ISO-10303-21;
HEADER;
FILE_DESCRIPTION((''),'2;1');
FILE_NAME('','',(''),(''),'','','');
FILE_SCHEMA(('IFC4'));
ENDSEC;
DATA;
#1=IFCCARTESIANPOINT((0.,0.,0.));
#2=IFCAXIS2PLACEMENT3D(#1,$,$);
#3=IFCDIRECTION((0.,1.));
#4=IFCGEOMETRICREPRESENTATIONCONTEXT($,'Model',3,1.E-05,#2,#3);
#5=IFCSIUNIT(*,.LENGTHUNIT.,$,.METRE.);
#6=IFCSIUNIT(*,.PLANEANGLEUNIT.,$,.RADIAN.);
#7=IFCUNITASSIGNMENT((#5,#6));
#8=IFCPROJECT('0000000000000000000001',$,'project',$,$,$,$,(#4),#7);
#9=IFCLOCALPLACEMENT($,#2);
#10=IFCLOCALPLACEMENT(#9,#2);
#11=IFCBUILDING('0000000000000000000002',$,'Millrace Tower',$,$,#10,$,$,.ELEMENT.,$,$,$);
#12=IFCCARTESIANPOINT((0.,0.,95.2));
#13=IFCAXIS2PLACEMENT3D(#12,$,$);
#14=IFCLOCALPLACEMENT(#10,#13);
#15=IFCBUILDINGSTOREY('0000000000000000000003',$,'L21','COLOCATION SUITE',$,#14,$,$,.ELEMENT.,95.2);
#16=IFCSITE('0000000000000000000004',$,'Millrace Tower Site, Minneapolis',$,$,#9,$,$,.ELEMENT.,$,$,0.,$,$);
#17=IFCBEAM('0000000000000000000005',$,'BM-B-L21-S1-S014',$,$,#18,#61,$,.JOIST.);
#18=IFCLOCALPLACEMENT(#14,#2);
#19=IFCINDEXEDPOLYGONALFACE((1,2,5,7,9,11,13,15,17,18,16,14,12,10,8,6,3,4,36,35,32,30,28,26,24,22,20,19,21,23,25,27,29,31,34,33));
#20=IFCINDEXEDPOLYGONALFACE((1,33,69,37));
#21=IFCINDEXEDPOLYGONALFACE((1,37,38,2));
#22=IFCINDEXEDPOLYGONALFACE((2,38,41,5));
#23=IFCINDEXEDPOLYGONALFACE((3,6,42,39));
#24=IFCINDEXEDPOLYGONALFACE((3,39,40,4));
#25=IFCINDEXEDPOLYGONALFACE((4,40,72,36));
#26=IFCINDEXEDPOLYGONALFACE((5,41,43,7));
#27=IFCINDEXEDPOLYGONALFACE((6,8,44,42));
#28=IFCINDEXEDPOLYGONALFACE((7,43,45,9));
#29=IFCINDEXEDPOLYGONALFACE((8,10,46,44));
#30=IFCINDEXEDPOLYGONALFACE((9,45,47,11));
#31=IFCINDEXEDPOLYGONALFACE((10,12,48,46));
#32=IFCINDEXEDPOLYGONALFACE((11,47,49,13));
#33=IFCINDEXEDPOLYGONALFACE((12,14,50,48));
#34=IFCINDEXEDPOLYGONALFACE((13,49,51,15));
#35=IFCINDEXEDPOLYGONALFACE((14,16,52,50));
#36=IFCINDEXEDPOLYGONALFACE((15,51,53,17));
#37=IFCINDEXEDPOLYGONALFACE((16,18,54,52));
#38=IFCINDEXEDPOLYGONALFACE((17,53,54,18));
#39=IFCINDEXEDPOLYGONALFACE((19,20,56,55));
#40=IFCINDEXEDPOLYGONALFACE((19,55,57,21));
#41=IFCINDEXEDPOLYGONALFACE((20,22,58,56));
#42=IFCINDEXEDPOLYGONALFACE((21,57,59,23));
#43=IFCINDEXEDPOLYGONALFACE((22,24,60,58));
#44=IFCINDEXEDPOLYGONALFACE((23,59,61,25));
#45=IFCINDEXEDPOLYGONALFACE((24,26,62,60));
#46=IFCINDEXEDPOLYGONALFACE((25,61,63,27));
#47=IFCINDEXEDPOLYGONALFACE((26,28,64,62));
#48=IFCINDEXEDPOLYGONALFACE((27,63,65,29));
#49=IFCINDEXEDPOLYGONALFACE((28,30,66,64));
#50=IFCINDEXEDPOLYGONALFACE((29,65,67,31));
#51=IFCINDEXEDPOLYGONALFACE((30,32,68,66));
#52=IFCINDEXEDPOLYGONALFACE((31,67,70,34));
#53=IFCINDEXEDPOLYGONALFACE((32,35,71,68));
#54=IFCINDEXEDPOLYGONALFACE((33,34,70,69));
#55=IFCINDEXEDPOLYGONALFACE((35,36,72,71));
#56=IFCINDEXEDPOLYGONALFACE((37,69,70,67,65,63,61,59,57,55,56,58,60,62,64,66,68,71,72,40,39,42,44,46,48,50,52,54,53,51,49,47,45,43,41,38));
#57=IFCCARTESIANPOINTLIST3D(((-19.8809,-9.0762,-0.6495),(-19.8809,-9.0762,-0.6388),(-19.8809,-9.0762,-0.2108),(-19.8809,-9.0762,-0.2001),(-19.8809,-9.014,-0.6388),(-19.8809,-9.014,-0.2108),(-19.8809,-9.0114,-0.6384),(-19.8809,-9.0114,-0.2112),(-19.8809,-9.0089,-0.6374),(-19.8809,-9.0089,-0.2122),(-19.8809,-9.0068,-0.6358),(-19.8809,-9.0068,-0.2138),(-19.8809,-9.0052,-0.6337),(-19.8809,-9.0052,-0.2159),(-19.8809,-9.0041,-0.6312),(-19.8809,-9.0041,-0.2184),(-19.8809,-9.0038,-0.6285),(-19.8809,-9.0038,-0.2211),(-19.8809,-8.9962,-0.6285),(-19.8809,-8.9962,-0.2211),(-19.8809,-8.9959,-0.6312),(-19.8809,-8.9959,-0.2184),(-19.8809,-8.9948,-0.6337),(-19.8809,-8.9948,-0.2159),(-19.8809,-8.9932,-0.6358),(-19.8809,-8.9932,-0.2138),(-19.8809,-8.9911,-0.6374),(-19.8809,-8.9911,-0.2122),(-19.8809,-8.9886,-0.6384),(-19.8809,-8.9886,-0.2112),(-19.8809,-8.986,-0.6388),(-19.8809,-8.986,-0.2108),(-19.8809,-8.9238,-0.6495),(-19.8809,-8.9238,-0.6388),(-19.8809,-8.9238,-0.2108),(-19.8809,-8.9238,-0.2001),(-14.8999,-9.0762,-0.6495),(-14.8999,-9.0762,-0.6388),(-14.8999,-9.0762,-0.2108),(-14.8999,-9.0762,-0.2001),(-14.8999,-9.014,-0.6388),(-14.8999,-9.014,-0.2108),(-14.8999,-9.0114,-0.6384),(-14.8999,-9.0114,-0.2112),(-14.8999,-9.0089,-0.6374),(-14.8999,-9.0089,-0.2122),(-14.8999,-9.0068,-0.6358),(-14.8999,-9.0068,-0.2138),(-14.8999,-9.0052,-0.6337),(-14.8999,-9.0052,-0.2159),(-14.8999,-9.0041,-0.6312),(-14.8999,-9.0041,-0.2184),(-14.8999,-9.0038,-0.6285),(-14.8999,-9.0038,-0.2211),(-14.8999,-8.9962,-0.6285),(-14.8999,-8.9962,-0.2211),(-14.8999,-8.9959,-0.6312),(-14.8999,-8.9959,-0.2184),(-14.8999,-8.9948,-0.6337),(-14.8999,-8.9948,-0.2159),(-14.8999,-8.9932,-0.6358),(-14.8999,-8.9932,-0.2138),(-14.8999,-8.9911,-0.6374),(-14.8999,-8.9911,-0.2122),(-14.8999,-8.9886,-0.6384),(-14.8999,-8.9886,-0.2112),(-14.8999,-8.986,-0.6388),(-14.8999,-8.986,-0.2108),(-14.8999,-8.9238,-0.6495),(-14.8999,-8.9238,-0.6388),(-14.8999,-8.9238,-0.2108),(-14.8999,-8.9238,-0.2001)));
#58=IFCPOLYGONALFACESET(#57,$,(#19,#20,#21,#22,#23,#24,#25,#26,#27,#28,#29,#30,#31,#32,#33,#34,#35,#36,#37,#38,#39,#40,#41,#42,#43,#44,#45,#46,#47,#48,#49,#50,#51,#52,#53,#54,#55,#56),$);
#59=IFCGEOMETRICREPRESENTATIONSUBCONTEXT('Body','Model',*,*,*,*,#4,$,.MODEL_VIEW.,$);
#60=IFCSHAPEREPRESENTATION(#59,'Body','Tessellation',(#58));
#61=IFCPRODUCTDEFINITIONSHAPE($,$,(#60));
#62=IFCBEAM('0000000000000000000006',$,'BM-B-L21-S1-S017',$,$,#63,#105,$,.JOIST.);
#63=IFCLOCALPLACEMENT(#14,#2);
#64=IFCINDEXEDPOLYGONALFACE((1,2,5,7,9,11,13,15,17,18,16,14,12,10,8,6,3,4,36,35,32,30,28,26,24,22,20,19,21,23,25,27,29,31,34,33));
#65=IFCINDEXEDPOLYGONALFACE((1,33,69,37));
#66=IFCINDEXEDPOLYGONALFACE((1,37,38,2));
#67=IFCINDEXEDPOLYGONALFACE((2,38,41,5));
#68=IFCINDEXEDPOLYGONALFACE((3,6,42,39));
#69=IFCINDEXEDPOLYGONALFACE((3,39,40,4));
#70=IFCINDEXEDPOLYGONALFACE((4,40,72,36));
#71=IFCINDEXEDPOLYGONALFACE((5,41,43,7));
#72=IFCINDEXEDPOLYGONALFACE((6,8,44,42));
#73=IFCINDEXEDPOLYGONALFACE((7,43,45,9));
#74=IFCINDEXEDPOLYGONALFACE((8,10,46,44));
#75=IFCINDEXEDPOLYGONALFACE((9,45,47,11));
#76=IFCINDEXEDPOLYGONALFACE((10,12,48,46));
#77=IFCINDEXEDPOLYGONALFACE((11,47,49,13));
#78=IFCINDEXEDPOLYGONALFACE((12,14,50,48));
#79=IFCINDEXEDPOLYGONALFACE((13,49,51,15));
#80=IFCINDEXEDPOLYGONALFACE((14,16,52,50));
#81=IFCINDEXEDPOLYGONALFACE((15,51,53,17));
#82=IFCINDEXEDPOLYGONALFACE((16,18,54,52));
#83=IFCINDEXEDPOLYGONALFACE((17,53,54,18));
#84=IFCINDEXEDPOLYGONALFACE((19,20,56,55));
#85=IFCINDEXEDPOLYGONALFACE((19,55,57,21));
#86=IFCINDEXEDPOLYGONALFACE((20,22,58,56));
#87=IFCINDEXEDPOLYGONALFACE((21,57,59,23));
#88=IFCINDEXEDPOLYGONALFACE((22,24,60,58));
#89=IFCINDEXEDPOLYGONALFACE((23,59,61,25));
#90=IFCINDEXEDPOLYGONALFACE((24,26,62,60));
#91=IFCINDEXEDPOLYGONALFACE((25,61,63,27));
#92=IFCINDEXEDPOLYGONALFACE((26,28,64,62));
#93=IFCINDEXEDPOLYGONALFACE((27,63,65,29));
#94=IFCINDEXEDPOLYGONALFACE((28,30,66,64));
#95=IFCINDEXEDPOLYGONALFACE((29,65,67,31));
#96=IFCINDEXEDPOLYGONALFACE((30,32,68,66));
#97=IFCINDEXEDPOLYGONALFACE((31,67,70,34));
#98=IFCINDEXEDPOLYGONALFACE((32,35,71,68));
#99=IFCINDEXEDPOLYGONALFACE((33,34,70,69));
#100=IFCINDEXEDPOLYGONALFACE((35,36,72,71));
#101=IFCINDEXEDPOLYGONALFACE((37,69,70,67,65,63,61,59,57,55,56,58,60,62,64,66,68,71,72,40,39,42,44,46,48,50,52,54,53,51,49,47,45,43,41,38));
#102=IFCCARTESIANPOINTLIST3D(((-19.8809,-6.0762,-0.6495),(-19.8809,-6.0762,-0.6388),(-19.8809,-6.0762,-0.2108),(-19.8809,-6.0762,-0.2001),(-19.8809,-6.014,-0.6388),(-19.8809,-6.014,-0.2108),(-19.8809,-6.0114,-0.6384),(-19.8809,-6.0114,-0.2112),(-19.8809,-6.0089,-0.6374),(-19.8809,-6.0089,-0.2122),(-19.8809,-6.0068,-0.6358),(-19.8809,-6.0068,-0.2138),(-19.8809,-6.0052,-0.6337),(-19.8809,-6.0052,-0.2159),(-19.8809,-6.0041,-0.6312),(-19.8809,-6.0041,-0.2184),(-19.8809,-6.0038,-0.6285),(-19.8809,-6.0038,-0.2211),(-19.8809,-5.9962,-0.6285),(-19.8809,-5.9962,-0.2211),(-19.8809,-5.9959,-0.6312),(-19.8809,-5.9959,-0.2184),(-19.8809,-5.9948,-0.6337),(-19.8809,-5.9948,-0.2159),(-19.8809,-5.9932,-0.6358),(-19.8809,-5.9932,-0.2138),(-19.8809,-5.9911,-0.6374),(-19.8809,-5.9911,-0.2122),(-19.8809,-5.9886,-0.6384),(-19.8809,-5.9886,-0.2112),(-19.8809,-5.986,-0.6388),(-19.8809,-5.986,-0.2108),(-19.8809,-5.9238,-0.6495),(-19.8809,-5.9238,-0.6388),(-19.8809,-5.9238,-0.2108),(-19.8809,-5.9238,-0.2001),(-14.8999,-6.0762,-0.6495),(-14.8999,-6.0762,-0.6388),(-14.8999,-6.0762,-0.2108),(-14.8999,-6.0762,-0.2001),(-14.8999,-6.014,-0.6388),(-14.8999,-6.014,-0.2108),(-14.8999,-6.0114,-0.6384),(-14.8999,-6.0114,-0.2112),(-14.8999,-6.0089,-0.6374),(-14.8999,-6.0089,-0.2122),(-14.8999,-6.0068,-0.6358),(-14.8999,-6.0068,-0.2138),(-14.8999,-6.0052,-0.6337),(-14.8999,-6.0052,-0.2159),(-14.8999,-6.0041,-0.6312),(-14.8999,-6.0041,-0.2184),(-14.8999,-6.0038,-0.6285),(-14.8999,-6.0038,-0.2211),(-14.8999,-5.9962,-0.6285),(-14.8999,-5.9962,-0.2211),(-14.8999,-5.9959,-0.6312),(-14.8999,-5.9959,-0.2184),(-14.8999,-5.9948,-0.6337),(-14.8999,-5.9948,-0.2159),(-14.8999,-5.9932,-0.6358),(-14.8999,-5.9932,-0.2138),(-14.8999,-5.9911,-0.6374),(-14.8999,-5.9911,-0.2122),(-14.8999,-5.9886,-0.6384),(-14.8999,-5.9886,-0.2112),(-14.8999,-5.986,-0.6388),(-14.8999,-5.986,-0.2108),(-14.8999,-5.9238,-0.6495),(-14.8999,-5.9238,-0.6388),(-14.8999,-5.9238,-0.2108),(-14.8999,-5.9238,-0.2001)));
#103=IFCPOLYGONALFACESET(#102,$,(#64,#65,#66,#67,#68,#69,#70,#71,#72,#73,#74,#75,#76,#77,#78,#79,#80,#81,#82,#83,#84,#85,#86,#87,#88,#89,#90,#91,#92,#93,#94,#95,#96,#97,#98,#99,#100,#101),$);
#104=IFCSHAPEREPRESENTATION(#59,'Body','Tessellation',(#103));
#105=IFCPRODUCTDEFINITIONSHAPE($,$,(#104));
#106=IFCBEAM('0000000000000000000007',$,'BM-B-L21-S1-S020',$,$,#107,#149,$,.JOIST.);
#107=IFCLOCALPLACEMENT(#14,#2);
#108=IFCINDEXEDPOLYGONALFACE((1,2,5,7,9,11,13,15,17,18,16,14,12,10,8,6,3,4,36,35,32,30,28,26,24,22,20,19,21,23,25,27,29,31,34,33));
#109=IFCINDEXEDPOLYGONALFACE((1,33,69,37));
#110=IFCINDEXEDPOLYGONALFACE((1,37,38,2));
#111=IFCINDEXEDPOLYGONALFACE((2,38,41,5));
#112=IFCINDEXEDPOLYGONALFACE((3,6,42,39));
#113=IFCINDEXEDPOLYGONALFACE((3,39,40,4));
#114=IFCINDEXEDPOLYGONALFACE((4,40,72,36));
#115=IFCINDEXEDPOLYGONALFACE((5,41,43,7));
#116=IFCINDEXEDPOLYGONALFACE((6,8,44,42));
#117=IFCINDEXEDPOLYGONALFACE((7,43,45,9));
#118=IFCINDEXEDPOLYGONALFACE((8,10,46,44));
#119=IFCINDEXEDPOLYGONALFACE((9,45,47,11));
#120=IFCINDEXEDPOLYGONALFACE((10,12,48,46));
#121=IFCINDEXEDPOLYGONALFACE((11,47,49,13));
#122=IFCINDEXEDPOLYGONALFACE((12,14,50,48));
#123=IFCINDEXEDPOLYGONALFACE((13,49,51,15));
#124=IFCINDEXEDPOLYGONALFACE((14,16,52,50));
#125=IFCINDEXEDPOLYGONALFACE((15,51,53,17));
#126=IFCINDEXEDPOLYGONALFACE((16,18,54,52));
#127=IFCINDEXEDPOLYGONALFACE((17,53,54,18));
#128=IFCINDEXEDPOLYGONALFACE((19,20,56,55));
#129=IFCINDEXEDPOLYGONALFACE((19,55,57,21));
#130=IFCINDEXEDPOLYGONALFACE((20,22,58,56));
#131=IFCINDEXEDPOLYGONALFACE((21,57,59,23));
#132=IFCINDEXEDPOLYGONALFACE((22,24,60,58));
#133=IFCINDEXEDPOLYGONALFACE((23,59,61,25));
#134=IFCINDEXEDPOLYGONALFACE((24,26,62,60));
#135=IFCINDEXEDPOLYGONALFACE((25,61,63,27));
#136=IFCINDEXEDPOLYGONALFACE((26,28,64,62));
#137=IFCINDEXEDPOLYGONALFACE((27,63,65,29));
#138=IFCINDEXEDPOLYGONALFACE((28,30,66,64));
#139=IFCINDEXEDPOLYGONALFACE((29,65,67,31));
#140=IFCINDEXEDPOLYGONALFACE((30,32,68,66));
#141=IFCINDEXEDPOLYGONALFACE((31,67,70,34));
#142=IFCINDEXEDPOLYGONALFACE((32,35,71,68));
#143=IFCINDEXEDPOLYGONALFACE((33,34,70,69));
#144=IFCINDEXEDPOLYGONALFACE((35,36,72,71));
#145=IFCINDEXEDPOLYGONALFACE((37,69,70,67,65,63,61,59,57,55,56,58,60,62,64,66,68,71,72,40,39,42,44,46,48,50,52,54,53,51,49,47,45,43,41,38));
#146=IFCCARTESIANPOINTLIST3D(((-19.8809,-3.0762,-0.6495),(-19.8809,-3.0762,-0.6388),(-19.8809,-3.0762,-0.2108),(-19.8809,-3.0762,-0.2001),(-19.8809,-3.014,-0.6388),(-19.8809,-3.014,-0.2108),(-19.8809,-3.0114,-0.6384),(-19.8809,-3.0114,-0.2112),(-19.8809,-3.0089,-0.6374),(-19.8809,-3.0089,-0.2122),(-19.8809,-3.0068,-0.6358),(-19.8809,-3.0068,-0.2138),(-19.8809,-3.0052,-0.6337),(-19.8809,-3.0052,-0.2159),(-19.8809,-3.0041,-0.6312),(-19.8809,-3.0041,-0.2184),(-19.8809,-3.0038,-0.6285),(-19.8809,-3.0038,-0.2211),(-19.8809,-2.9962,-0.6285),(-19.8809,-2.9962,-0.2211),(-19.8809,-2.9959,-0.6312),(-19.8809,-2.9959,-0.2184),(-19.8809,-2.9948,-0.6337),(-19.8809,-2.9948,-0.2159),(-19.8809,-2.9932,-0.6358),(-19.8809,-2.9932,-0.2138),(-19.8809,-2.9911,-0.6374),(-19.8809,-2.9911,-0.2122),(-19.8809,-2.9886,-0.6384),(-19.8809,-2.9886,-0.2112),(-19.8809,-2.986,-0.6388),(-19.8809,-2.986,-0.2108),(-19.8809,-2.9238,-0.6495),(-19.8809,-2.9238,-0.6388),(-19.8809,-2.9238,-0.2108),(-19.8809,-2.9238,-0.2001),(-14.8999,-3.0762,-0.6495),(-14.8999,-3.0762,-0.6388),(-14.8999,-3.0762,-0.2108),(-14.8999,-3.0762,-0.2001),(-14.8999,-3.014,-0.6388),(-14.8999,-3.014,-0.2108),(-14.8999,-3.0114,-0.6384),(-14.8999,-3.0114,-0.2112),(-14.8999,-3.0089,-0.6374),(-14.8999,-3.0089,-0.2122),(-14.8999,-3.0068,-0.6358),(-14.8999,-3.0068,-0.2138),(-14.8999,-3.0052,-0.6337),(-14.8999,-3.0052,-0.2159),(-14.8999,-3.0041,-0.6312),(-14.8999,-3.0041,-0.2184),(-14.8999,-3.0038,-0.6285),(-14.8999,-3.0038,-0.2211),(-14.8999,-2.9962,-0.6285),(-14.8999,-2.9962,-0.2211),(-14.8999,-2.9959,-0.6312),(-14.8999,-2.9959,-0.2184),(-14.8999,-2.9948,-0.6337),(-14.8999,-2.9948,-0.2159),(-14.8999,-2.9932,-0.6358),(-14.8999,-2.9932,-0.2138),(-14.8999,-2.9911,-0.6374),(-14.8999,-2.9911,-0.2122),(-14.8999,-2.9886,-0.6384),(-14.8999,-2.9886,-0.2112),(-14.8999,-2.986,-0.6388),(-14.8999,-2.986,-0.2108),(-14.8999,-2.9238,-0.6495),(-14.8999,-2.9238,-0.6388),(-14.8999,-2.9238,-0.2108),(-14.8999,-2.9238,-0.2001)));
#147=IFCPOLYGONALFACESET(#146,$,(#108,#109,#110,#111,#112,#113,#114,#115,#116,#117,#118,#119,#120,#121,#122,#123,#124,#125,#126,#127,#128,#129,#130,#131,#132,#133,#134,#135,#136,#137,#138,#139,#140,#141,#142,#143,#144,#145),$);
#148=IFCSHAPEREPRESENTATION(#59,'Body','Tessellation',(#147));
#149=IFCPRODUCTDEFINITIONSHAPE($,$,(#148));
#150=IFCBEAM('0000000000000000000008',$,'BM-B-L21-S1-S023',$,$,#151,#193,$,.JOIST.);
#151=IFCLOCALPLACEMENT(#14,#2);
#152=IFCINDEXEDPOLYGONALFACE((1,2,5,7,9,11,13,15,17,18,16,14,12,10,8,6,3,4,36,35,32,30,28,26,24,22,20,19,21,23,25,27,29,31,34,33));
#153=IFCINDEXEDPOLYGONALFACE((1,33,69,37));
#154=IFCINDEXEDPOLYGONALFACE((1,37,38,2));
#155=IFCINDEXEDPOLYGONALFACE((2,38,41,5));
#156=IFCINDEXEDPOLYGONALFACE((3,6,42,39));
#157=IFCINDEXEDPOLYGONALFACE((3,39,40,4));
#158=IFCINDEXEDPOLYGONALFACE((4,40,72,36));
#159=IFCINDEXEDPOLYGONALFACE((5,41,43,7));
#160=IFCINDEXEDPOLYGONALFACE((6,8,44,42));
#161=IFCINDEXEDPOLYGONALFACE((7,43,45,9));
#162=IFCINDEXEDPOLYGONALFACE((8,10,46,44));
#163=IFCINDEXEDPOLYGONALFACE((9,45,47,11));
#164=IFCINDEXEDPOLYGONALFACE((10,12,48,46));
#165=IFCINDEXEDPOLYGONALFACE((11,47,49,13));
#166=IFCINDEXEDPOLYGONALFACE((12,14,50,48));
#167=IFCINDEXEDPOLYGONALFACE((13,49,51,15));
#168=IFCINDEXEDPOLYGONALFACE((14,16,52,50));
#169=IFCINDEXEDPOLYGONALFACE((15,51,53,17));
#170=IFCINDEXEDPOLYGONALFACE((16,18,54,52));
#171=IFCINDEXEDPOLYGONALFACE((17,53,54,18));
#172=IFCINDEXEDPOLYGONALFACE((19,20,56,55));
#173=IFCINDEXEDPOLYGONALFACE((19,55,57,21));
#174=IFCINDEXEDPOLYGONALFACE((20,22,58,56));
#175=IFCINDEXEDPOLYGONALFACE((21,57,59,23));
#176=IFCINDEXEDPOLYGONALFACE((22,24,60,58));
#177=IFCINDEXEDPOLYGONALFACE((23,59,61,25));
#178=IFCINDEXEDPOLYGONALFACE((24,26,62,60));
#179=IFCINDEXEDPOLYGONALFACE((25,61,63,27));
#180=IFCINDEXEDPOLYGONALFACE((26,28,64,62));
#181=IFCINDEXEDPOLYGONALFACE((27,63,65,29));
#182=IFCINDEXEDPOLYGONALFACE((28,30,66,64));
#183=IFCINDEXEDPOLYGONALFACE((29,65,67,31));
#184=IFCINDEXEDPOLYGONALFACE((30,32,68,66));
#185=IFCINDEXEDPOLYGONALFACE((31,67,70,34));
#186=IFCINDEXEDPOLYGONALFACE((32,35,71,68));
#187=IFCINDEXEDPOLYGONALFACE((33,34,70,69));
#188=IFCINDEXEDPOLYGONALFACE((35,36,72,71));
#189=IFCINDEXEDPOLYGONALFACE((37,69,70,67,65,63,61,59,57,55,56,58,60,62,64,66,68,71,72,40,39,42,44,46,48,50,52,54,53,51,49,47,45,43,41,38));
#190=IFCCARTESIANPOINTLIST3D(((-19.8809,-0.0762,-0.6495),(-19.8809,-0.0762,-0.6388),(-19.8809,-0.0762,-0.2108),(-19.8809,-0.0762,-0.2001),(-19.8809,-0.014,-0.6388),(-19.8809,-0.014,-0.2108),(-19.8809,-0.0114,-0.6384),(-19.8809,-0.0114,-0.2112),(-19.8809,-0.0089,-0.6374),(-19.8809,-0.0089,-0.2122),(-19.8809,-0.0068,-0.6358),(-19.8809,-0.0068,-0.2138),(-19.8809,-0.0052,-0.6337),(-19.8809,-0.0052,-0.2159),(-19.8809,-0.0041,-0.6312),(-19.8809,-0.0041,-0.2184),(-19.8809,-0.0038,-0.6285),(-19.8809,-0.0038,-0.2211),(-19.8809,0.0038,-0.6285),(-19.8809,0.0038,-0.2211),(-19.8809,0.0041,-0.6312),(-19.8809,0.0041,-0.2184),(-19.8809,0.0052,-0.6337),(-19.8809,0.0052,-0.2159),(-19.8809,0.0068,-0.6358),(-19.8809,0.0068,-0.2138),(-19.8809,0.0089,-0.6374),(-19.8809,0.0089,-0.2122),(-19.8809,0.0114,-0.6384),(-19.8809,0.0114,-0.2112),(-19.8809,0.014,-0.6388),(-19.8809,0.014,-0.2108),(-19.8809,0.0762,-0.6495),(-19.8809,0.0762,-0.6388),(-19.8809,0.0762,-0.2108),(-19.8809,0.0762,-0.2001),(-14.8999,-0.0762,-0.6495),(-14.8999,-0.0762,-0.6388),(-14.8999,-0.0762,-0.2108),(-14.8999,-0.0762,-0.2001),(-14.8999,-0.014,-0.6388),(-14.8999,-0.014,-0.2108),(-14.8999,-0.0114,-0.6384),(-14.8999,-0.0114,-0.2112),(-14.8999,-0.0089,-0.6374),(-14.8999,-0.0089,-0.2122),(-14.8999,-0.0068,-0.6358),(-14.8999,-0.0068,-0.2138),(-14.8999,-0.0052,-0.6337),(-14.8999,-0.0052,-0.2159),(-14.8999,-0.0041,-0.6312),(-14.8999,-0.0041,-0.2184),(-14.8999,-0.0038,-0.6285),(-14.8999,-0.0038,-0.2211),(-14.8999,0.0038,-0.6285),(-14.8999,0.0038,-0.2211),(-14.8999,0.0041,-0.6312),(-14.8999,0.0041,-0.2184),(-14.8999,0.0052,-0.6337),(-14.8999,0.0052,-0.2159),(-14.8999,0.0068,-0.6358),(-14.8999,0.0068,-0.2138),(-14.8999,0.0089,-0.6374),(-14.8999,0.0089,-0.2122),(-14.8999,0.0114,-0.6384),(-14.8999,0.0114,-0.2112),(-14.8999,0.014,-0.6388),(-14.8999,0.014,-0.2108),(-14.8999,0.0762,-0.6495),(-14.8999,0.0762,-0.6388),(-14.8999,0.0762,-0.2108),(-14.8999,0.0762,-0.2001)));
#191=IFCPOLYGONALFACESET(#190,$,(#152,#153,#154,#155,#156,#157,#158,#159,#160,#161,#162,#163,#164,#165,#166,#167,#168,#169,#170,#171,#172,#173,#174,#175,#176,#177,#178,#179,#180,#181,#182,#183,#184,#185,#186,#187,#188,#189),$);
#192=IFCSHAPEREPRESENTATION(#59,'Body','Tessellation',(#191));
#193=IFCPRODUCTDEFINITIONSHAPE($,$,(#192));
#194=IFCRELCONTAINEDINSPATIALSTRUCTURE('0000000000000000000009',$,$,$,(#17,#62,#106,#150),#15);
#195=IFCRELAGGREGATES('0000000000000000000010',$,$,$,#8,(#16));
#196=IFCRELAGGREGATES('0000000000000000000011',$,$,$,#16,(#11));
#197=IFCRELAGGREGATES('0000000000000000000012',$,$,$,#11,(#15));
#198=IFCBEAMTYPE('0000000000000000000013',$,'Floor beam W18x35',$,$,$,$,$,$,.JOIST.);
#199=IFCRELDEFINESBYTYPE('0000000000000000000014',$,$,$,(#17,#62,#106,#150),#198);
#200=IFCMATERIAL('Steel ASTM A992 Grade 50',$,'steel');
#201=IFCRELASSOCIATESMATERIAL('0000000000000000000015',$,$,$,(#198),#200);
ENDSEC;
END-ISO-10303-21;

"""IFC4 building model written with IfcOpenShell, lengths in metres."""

from ifc_helpers import new_model, si_unit, direction, frame, origin, origin_2d, place, context, subcontext, project, spatial, i_section, extrude, material, material_profile, profile_set, type_object, element, save


model = new_model("IFC4")

# Units and contexts
model_context = context("Model", 3, precision=1e-05, world=origin(), true_north=direction((0.0, 1.0)))
body_context = subcontext(model_context, "Body", "Model", "MODEL_VIEW")
ifc_project = project(units=[si_unit("LENGTHUNIT", "METRE"), si_unit("PLANEANGLEUNIT", "RADIAN")], contexts=[model_context])

# Site, building, storey
site_placement = place(None, origin())
site = spatial("IfcSite", under=ifc_project, at=site_placement, Name="Millrace Tower Site, Minneapolis", CompositionType="ELEMENT", RefElevation=0.0)
building_placement = place(site_placement, origin())
building = spatial("IfcBuilding", under=site, at=building_placement, Name="Millrace Tower", CompositionType="ELEMENT")
storey_placement = place(building_placement, frame((0.0, 0.0, 95.2)))
storey = spatial("IfcBuildingStorey", under=building, at=storey_placement, Name="L21", Description="COLOCATION SUITE", CompositionType="ELEMENT", Elevation=95.2)

# Beams
ifc_material_1 = material(Name="Steel ASTM A992 Grade 50", Category="steel")
ifc_material_profile_1 = material_profile(ifc_material_1, i_section(OverallWidth=0.1523, OverallDepth=0.4495, WebThickness=0.0076, FlangeThickness=0.0107, FilletRadius=0.0103, at=origin_2d()))
ifc_profile_set_1 = profile_set([ifc_material_profile_1], Name="Steel ASTM A992 Grade 50")
beam_type_1 = type_object("IfcBeamType", Name="Floor beam W18x35", PredefinedType="JOIST", material=ifc_profile_set_1)
for number, where, z_axis, x_axis, name in (
    (1, (-19.8809, -9.0, -0.4248), (1.0, 0.0, 0.0), (0.0, 1.0, 0.0), "BM-B-L21-S1-S014"),
    (2, (-19.8809, -6.0, -0.4248), (1.0, 0.0, 0.0), (0.0, 1.0, 0.0), "BM-B-L21-S1-S017"),
    (3, (-19.8809, -3.0, -0.4248), (1.0, 0.0, 0.0), (0.0, 1.0, 0.0), "BM-B-L21-S1-S020"),
    (4, (-19.8809, 0.0, -0.4248), (1.0, 0.0, 0.0), (0.0, 1.0, 0.0), "BM-B-L21-S1-S023"),
):
    element("IfcBeam", number, at=place(storey_placement, frame(where, z_axis=z_axis, x_axis=x_axis)), inside=storey, type_object=beam_type_1, Name=name, PredefinedType="JOIST", context=body_context, shape_type="SweptSolid", body=[
        extrude(i_section(OverallWidth=0.1523, OverallDepth=0.4495, WebThickness=0.0076, FlangeThickness=0.0107, FilletRadius=0.0103, at=origin_2d()), origin(), (0.0, 0.0, 1.0), 4.981),
    ])

save(model, "model.ifc")
